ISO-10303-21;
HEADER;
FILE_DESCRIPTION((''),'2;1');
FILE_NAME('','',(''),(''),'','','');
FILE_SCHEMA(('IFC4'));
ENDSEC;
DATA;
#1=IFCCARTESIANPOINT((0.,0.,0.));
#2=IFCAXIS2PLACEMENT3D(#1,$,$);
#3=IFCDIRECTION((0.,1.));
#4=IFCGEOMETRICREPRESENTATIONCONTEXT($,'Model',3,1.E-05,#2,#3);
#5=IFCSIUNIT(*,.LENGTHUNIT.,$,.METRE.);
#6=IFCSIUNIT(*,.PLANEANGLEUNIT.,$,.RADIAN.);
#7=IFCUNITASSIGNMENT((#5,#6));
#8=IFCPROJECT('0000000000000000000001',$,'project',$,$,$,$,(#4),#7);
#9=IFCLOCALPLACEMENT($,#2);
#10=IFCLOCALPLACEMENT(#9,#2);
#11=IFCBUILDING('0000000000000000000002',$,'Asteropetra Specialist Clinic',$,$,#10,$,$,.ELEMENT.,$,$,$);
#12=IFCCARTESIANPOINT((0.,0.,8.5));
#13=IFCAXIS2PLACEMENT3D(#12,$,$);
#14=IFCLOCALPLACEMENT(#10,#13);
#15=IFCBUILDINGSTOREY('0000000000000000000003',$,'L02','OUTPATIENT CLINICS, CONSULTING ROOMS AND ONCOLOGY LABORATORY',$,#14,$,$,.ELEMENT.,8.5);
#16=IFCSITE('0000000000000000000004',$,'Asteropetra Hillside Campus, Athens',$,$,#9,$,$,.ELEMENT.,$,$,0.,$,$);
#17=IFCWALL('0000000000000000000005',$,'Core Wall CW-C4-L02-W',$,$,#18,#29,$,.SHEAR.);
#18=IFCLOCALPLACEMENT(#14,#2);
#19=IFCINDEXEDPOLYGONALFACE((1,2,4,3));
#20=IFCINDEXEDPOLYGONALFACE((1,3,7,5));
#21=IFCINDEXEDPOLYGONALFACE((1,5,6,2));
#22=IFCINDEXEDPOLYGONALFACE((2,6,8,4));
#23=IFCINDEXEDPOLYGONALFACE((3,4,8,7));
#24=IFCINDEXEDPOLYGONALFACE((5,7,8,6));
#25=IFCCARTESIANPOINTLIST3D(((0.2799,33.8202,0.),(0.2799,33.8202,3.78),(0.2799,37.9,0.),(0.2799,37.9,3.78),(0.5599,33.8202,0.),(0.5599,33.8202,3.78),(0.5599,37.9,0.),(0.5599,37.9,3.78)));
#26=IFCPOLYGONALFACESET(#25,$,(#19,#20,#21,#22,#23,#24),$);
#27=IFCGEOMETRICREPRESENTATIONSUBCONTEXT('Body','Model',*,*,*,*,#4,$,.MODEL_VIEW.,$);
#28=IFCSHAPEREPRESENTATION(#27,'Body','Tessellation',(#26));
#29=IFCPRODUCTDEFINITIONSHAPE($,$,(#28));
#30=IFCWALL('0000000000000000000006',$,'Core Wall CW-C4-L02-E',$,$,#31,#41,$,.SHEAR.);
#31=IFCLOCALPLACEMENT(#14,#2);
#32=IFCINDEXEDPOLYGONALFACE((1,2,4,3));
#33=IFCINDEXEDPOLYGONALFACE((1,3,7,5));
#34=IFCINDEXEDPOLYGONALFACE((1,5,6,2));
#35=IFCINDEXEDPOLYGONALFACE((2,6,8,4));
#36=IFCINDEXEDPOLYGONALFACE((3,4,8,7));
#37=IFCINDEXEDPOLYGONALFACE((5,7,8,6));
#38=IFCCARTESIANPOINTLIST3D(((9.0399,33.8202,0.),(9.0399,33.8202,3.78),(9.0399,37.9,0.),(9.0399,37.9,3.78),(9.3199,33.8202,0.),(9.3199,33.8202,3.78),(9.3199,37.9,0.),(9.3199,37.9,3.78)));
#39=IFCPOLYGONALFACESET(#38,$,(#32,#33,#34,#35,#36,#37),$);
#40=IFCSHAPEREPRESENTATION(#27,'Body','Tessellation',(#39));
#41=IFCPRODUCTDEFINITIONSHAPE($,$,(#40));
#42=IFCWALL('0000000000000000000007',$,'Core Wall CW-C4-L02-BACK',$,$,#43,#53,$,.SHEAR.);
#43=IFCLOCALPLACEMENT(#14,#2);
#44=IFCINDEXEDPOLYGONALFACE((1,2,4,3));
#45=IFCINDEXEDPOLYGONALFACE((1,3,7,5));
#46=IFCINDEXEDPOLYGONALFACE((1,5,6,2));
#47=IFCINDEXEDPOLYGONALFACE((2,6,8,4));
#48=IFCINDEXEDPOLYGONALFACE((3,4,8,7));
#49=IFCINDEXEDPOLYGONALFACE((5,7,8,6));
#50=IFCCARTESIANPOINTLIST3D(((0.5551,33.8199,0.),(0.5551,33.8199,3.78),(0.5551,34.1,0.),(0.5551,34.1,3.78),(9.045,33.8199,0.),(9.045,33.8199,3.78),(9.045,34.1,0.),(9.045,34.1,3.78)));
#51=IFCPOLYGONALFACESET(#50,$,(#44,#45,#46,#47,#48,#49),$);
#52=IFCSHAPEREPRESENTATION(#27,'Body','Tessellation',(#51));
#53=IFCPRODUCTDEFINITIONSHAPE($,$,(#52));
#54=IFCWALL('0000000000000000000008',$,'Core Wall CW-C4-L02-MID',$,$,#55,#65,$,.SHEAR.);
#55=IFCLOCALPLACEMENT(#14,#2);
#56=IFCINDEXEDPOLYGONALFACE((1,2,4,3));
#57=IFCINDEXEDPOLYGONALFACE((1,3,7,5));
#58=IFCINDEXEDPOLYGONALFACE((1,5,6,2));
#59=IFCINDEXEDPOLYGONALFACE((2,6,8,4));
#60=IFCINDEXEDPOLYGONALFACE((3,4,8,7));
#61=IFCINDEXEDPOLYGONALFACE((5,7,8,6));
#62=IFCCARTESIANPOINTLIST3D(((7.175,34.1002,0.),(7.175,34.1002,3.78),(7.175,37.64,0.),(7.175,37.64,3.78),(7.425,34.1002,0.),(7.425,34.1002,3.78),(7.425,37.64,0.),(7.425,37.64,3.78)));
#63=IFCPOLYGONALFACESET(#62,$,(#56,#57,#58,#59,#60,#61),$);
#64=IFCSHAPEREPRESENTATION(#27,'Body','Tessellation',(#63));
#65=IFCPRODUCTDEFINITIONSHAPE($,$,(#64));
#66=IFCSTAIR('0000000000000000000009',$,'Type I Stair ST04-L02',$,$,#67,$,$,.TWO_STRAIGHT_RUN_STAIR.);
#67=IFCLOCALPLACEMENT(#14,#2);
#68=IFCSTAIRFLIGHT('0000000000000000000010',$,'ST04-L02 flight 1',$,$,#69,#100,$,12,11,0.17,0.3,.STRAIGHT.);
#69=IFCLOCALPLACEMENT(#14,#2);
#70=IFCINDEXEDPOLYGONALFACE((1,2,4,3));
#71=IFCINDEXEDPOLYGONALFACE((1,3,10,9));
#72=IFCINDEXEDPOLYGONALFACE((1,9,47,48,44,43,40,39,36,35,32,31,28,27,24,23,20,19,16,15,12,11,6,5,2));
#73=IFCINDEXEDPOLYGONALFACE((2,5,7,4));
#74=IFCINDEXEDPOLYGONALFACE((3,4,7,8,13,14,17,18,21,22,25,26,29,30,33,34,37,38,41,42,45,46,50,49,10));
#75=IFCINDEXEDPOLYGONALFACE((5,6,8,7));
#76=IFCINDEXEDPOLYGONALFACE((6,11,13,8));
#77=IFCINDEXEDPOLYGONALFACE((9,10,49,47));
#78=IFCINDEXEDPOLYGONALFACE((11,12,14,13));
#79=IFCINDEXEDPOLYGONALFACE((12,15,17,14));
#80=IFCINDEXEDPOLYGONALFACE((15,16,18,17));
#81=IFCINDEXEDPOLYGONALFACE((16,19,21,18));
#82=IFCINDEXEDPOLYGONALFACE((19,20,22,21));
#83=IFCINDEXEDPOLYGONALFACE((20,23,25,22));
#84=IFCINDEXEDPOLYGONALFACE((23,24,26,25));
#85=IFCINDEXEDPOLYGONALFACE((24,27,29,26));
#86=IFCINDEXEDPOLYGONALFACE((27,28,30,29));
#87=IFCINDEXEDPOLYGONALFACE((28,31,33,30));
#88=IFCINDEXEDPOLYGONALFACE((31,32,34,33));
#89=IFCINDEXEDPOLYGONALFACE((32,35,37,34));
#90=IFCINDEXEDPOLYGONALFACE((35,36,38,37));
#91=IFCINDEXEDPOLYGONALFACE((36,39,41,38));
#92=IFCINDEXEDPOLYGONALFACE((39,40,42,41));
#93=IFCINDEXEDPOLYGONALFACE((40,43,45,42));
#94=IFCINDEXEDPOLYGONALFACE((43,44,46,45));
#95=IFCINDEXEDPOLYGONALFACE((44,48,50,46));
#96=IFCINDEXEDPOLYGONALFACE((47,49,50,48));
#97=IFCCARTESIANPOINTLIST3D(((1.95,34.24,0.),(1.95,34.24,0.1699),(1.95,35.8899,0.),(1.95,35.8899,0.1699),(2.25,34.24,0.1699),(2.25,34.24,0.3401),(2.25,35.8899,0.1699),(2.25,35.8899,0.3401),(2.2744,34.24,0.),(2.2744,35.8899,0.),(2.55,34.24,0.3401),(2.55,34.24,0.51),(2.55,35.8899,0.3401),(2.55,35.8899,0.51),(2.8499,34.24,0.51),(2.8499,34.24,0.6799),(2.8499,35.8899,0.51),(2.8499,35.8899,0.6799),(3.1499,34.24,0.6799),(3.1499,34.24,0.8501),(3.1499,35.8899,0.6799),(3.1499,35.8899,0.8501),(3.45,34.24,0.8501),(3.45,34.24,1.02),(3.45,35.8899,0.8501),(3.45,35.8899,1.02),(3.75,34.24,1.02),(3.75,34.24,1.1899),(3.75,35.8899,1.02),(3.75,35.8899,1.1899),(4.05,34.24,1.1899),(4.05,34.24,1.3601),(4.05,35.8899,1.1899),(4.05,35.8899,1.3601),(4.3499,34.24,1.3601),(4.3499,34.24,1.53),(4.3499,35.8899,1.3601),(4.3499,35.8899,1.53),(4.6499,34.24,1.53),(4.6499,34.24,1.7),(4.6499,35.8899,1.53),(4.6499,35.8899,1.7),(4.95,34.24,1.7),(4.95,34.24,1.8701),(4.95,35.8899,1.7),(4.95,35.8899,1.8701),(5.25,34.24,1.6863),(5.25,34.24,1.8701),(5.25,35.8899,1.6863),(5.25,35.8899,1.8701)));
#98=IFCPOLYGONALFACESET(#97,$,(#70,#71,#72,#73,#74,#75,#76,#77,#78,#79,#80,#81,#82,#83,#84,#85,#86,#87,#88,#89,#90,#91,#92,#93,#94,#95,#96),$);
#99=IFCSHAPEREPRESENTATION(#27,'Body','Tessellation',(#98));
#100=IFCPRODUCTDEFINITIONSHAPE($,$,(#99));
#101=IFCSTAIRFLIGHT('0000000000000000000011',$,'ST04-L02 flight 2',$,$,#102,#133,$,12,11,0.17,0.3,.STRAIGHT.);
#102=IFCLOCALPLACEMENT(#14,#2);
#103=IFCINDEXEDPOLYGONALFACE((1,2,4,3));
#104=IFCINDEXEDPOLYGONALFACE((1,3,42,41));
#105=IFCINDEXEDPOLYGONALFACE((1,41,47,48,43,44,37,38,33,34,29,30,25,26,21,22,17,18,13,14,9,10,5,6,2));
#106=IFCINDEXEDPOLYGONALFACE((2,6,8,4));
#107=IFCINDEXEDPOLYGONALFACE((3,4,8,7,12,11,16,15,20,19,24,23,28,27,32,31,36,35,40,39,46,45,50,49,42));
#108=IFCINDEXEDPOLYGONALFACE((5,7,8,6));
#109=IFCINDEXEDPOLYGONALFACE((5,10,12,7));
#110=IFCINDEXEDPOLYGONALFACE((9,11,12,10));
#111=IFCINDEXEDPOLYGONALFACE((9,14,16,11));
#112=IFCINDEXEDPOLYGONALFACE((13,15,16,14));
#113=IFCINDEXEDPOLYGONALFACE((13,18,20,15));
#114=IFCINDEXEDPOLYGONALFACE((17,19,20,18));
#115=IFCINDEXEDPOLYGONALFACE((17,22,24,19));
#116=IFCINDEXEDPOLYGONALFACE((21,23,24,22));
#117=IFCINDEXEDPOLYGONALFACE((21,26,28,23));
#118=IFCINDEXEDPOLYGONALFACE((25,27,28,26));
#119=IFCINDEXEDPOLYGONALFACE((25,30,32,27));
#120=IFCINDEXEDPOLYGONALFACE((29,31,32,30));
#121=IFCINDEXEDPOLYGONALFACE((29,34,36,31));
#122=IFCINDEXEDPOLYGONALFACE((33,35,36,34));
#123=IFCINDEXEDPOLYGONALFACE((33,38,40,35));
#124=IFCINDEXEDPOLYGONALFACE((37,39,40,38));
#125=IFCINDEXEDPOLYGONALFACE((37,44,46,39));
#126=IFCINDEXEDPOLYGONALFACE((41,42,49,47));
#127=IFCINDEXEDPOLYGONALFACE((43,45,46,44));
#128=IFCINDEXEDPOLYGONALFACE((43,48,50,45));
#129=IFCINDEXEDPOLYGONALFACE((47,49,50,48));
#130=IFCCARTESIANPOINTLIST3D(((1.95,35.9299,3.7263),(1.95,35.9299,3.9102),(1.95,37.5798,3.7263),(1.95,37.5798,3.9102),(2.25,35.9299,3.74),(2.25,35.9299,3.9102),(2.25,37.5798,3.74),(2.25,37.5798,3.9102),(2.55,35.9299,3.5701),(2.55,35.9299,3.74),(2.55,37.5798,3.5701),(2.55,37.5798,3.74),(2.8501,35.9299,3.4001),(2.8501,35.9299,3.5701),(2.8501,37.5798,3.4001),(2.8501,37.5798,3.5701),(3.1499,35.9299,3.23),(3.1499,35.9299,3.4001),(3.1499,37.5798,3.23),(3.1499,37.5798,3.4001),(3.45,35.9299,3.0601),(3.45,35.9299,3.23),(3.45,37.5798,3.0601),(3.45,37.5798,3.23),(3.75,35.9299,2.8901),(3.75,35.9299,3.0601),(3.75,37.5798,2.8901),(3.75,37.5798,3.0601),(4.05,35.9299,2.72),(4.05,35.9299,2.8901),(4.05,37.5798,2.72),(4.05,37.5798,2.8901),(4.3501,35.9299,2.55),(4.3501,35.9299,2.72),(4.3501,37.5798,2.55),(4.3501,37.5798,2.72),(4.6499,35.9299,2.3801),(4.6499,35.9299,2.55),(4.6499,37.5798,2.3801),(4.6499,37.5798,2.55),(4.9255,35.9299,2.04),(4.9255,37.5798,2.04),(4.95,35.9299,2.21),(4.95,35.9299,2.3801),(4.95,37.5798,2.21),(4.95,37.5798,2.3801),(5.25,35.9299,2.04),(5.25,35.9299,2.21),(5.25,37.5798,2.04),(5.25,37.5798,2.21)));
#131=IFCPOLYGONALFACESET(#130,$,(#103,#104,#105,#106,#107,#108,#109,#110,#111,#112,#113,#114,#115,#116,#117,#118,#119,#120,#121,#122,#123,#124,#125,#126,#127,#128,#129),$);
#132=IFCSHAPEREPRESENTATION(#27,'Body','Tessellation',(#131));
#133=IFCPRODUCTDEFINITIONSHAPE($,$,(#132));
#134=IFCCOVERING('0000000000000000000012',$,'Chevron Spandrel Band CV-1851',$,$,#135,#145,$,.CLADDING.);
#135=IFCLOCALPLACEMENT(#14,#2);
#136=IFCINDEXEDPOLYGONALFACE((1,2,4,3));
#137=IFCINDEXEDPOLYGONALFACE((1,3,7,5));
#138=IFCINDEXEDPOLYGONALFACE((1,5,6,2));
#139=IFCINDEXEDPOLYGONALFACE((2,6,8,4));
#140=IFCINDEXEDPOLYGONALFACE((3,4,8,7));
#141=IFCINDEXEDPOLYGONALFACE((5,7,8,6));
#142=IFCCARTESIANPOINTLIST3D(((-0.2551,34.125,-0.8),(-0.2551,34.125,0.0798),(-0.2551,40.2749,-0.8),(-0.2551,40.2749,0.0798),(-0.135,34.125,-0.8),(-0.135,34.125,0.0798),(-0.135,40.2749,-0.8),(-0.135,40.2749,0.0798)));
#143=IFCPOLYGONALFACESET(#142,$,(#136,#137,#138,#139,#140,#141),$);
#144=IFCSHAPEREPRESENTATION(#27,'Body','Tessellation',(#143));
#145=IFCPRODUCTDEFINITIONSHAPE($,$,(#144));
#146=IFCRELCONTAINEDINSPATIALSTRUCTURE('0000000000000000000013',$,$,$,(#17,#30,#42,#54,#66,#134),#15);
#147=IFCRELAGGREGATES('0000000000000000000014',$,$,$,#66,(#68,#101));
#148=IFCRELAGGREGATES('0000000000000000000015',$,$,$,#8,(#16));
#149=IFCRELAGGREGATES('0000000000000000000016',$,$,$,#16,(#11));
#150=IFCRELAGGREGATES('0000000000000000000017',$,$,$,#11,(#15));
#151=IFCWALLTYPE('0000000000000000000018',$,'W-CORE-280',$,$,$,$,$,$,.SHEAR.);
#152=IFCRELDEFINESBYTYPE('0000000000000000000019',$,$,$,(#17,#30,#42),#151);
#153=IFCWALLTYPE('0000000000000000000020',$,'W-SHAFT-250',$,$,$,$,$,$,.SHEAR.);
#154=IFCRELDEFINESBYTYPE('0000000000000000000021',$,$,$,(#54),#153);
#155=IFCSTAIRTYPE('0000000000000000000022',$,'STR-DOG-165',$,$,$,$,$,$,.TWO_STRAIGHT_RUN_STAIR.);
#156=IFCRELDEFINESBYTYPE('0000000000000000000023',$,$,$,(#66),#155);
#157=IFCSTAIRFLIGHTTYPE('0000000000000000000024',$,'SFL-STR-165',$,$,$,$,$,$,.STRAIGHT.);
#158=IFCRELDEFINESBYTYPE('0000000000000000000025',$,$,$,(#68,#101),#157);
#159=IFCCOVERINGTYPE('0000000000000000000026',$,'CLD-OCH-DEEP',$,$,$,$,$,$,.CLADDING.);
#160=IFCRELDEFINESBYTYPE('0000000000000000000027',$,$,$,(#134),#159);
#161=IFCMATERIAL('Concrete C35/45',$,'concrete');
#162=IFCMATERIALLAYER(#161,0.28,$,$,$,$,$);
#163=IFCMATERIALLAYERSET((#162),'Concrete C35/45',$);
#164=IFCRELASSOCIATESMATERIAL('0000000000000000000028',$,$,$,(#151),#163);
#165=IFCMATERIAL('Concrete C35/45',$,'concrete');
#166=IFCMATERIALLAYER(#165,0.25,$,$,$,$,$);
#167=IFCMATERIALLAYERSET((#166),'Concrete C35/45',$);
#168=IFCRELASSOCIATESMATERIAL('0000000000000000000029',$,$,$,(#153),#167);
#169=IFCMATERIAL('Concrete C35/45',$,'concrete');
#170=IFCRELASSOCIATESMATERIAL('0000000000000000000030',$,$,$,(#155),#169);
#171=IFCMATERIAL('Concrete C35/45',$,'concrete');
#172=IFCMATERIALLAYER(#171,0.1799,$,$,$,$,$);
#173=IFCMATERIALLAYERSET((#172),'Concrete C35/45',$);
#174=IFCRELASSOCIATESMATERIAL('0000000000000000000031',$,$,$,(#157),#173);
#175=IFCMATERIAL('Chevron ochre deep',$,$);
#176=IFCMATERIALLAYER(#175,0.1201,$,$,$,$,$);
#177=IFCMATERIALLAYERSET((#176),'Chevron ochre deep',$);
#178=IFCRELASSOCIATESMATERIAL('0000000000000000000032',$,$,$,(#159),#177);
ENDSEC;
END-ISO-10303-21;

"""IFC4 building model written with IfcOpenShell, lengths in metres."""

from ifc_helpers import new_model, si_unit, direction, frame, frame_2d, origin, origin_2d, place, context, subcontext, project, spatial, polyline, rectangle, outline, extrude, material, layer, layer_set, type_object, element, aggregate, save


model = new_model("IFC4")

# Units and contexts
model_context = context("Model", 3, precision=1e-05, world=origin(), true_north=direction((0.0, 1.0)))
body_context = subcontext(model_context, "Body", "Model", "MODEL_VIEW")
ifc_project = project(units=[si_unit("LENGTHUNIT", "METRE"), si_unit("PLANEANGLEUNIT", "RADIAN")], contexts=[model_context])

# Site, building, storey
site_placement = place(None, origin())
site = spatial("IfcSite", under=ifc_project, at=site_placement, Name="Asteropetra Hillside Campus, Athens", CompositionType="ELEMENT", RefElevation=0.0)
building_placement = place(site_placement, origin())
building = spatial("IfcBuilding", under=site, at=building_placement, Name="Asteropetra Specialist Clinic", CompositionType="ELEMENT")
storey_placement = place(building_placement, frame((0.0, 0.0, 8.5)))
storey = spatial("IfcBuildingStorey", under=building, at=storey_placement, Name="L02", Description="OUTPATIENT CLINICS, CONSULTING ROOMS AND ONCOLOGY LABORATORY", CompositionType="ELEMENT", Elevation=8.5)

# Walls
ifc_material_1 = material(Name="Concrete C35/45", Category="concrete")
ifc_layer_1 = layer(ifc_material_1, 0.28)
ifc_layer_set_1 = layer_set([ifc_layer_1], Name="Concrete C35/45")
wall_type_1 = type_object("IfcWallType", Name="W-CORE-280", PredefinedType="SHEAR", material=ifc_layer_set_1)
for number, where, z_axis, x_axis, name in (
    (1, (0.4199, 33.8201, 0.0), (0.0, 0.0, 1.0), (0.0, 1.0, 0.0), "Core Wall CW-C4-L02-W"),
    (2, (9.1799, 33.8201, 0.0), (0.0, 0.0, 1.0), (0.0, 1.0, 0.0), "Core Wall CW-C4-L02-E"),
):
    element("IfcWall", number, at=place(storey_placement, frame(where, z_axis=z_axis, x_axis=x_axis)), inside=storey, type_object=wall_type_1, Name=name, PredefinedType="SHEAR", context=body_context, shape_type="SweptSolid", body=[
        extrude(rectangle(XDim=4.0798, YDim=0.28, at=frame_2d((2.04, 0.0))), origin(), (0.0, 0.0, 1.0), 3.78),
    ])
wall_1_placement = place(storey_placement, frame((0.5549, 33.96, 0.0), z_axis=(0.0, 0.0, 1.0), x_axis=(1.0, 0.0, 0.0)))
element("IfcWall", 3, at=wall_1_placement, inside=storey, type_object=wall_type_1, Name="Core Wall CW-C4-L02-BACK", PredefinedType="SHEAR", context=body_context, shape_type="SweptSolid", body=[
    extrude(rectangle(XDim=8.49, YDim=0.28, at=frame_2d((4.2451, 0.0))), origin(), (0.0, 0.0, 1.0), 3.78),
])
ifc_material_2 = material(Name="Concrete C35/45", Category="concrete")
ifc_layer_2 = layer(ifc_material_2, 0.25)
ifc_layer_set_2 = layer_set([ifc_layer_2], Name="Concrete C35/45")
wall_type_2 = type_object("IfcWallType", Name="W-SHAFT-250", PredefinedType="SHEAR", material=ifc_layer_set_2)
wall_2_placement = place(storey_placement, frame((7.3, 34.1001, 0.0), z_axis=(0.0, 0.0, 1.0), x_axis=(0.0, 1.0, 0.0)))
element("IfcWall", 4, at=wall_2_placement, inside=storey, type_object=wall_type_2, Name="Core Wall CW-C4-L02-MID", PredefinedType="SHEAR", context=body_context, shape_type="SweptSolid", body=[
    extrude(rectangle(XDim=3.5398, YDim=0.25, at=frame_2d((1.77, 0.0))), origin(), (0.0, 0.0, 1.0), 3.78),
])

# Stair, stair flights
ifc_material_3 = material(Name="Concrete C35/45", Category="concrete")
stair_type = type_object("IfcStairType", Name="STR-DOG-165", PredefinedType="TWO_STRAIGHT_RUN_STAIR", material=ifc_material_3)
stair_placement = place(storey_placement, origin())
stair = element("IfcStair", 5, at=stair_placement, inside=storey, type_object=stair_type, Name="Type I Stair ST04-L02", PredefinedType="TWO_STRAIGHT_RUN_STAIR")
ifc_material_4 = material(Name="Concrete C35/45", Category="concrete")
ifc_layer_3 = layer(ifc_material_4, 0.1799)
ifc_layer_set_3 = layer_set([ifc_layer_3], Name="Concrete C35/45")
stair_flight_type = type_object("IfcStairFlightType", Name="SFL-STR-165", PredefinedType="STRAIGHT", material=ifc_layer_set_3)
stair_flight_1_placement = place(storey_placement, frame((1.95, 35.0649, 0.0), z_axis=(0.0, 0.0, 1.0), x_axis=(1.0, 0.0, 0.0)))
stair_flight_1 = element("IfcStairFlight", 6, at=stair_flight_1_placement, type_object=stair_flight_type, Name="ST04-L02 flight 1", NumberOfRisers=12, NumberOfTreads=11, PredefinedType="STRAIGHT", RiserHeight=0.17, TreadLength=0.3, context=body_context, shape_type="SweptSolid", body=[
    extrude(outline(polyline([(0.0, 0.0), (0.0, 0.1699), (0.3, 0.1699), (0.3, 0.3401), (0.6001, 0.3401), (0.6001, 0.51), (0.8999, 0.51), (0.8999, 0.6799), (1.2, 0.6799), (1.2, 0.8501), (1.5, 0.8501), (1.5, 1.02), (1.8, 1.02), (1.8, 1.1899), (2.1001, 1.1899), (2.1001, 1.3601), (2.3999, 1.3601), (2.3999, 1.53), (2.7, 1.53), (2.7, 1.7), (3.0, 1.7), (3.0, 1.8701), (3.3, 1.8701), (3.3, 2.04), (3.3, 1.6863), (0.3245, 0.0), (0.0, 0.0)])), frame((0.0, 0.825, 0.0), z_axis=(0.0, -1.0, 0.0), x_axis=(1.0, 0.0, 0.0)), (0.0, 0.0, 1.0), 1.6499),
])
stair_flight_2_placement = place(storey_placement, frame((5.25, 36.7549, 2.04), z_axis=(0.0, 0.0, 1.0), x_axis=(-1.0, 0.0, 0.0)))
stair_flight_2 = element("IfcStairFlight", 7, at=stair_flight_2_placement, type_object=stair_flight_type, Name="ST04-L02 flight 2", NumberOfRisers=12, NumberOfTreads=11, PredefinedType="STRAIGHT", RiserHeight=0.17, TreadLength=0.3, context=body_context, shape_type="SweptSolid", body=[
    extrude(outline(polyline([(0.0, 0.0), (0.0, 0.1699), (0.3, 0.1699), (0.3, 0.3401), (0.6001, 0.3401), (0.6001, 0.51), (0.8999, 0.51), (0.8999, 0.6799), (1.2, 0.6799), (1.2, 0.8501), (1.5, 0.8501), (1.5, 1.02), (1.8, 1.02), (1.8, 1.1899), (2.1001, 1.1899), (2.1001, 1.3601), (2.3999, 1.3601), (2.3999, 1.53), (2.7, 1.53), (2.7, 1.7), (3.0, 1.7), (3.0, 1.8701), (3.3, 1.8701), (3.3, 2.04), (3.3, 1.6863), (0.3245, 0.0), (0.0, 0.0)])), frame((0.0, 0.825, 0.0), z_axis=(0.0, -1.0, 0.0), x_axis=(1.0, 0.0, 0.0)), (0.0, 0.0, 1.0), 1.6499),
])
aggregate(stair, [stair_flight_1, stair_flight_2])

# Covering
ifc_material_5 = material(Name="Chevron ochre deep")
ifc_layer_4 = layer(ifc_material_5, 0.1201)
ifc_layer_set_4 = layer_set([ifc_layer_4], Name="Chevron ochre deep")
covering_type = type_object("IfcCoveringType", Name="CLD-OCH-DEEP", PredefinedType="CLADDING", material=ifc_layer_set_4)
covering_placement = place(storey_placement, frame((-0.1951, 37.2, -0.8), z_axis=(0.0, 0.0, 1.0), x_axis=(1.0, 0.0, 0.0)))
element("IfcCovering", 8, at=covering_placement, inside=storey, type_object=covering_type, Name="Chevron Spandrel Band CV-1851", PredefinedType="CLADDING", context=body_context, shape_type="SweptSolid", body=[
    extrude(rectangle(XDim=0.1201, YDim=6.1499, at=origin_2d()), origin(), (0.0, 0.0, 1.0), 0.8799),
])

save(model, "model.ifc")
